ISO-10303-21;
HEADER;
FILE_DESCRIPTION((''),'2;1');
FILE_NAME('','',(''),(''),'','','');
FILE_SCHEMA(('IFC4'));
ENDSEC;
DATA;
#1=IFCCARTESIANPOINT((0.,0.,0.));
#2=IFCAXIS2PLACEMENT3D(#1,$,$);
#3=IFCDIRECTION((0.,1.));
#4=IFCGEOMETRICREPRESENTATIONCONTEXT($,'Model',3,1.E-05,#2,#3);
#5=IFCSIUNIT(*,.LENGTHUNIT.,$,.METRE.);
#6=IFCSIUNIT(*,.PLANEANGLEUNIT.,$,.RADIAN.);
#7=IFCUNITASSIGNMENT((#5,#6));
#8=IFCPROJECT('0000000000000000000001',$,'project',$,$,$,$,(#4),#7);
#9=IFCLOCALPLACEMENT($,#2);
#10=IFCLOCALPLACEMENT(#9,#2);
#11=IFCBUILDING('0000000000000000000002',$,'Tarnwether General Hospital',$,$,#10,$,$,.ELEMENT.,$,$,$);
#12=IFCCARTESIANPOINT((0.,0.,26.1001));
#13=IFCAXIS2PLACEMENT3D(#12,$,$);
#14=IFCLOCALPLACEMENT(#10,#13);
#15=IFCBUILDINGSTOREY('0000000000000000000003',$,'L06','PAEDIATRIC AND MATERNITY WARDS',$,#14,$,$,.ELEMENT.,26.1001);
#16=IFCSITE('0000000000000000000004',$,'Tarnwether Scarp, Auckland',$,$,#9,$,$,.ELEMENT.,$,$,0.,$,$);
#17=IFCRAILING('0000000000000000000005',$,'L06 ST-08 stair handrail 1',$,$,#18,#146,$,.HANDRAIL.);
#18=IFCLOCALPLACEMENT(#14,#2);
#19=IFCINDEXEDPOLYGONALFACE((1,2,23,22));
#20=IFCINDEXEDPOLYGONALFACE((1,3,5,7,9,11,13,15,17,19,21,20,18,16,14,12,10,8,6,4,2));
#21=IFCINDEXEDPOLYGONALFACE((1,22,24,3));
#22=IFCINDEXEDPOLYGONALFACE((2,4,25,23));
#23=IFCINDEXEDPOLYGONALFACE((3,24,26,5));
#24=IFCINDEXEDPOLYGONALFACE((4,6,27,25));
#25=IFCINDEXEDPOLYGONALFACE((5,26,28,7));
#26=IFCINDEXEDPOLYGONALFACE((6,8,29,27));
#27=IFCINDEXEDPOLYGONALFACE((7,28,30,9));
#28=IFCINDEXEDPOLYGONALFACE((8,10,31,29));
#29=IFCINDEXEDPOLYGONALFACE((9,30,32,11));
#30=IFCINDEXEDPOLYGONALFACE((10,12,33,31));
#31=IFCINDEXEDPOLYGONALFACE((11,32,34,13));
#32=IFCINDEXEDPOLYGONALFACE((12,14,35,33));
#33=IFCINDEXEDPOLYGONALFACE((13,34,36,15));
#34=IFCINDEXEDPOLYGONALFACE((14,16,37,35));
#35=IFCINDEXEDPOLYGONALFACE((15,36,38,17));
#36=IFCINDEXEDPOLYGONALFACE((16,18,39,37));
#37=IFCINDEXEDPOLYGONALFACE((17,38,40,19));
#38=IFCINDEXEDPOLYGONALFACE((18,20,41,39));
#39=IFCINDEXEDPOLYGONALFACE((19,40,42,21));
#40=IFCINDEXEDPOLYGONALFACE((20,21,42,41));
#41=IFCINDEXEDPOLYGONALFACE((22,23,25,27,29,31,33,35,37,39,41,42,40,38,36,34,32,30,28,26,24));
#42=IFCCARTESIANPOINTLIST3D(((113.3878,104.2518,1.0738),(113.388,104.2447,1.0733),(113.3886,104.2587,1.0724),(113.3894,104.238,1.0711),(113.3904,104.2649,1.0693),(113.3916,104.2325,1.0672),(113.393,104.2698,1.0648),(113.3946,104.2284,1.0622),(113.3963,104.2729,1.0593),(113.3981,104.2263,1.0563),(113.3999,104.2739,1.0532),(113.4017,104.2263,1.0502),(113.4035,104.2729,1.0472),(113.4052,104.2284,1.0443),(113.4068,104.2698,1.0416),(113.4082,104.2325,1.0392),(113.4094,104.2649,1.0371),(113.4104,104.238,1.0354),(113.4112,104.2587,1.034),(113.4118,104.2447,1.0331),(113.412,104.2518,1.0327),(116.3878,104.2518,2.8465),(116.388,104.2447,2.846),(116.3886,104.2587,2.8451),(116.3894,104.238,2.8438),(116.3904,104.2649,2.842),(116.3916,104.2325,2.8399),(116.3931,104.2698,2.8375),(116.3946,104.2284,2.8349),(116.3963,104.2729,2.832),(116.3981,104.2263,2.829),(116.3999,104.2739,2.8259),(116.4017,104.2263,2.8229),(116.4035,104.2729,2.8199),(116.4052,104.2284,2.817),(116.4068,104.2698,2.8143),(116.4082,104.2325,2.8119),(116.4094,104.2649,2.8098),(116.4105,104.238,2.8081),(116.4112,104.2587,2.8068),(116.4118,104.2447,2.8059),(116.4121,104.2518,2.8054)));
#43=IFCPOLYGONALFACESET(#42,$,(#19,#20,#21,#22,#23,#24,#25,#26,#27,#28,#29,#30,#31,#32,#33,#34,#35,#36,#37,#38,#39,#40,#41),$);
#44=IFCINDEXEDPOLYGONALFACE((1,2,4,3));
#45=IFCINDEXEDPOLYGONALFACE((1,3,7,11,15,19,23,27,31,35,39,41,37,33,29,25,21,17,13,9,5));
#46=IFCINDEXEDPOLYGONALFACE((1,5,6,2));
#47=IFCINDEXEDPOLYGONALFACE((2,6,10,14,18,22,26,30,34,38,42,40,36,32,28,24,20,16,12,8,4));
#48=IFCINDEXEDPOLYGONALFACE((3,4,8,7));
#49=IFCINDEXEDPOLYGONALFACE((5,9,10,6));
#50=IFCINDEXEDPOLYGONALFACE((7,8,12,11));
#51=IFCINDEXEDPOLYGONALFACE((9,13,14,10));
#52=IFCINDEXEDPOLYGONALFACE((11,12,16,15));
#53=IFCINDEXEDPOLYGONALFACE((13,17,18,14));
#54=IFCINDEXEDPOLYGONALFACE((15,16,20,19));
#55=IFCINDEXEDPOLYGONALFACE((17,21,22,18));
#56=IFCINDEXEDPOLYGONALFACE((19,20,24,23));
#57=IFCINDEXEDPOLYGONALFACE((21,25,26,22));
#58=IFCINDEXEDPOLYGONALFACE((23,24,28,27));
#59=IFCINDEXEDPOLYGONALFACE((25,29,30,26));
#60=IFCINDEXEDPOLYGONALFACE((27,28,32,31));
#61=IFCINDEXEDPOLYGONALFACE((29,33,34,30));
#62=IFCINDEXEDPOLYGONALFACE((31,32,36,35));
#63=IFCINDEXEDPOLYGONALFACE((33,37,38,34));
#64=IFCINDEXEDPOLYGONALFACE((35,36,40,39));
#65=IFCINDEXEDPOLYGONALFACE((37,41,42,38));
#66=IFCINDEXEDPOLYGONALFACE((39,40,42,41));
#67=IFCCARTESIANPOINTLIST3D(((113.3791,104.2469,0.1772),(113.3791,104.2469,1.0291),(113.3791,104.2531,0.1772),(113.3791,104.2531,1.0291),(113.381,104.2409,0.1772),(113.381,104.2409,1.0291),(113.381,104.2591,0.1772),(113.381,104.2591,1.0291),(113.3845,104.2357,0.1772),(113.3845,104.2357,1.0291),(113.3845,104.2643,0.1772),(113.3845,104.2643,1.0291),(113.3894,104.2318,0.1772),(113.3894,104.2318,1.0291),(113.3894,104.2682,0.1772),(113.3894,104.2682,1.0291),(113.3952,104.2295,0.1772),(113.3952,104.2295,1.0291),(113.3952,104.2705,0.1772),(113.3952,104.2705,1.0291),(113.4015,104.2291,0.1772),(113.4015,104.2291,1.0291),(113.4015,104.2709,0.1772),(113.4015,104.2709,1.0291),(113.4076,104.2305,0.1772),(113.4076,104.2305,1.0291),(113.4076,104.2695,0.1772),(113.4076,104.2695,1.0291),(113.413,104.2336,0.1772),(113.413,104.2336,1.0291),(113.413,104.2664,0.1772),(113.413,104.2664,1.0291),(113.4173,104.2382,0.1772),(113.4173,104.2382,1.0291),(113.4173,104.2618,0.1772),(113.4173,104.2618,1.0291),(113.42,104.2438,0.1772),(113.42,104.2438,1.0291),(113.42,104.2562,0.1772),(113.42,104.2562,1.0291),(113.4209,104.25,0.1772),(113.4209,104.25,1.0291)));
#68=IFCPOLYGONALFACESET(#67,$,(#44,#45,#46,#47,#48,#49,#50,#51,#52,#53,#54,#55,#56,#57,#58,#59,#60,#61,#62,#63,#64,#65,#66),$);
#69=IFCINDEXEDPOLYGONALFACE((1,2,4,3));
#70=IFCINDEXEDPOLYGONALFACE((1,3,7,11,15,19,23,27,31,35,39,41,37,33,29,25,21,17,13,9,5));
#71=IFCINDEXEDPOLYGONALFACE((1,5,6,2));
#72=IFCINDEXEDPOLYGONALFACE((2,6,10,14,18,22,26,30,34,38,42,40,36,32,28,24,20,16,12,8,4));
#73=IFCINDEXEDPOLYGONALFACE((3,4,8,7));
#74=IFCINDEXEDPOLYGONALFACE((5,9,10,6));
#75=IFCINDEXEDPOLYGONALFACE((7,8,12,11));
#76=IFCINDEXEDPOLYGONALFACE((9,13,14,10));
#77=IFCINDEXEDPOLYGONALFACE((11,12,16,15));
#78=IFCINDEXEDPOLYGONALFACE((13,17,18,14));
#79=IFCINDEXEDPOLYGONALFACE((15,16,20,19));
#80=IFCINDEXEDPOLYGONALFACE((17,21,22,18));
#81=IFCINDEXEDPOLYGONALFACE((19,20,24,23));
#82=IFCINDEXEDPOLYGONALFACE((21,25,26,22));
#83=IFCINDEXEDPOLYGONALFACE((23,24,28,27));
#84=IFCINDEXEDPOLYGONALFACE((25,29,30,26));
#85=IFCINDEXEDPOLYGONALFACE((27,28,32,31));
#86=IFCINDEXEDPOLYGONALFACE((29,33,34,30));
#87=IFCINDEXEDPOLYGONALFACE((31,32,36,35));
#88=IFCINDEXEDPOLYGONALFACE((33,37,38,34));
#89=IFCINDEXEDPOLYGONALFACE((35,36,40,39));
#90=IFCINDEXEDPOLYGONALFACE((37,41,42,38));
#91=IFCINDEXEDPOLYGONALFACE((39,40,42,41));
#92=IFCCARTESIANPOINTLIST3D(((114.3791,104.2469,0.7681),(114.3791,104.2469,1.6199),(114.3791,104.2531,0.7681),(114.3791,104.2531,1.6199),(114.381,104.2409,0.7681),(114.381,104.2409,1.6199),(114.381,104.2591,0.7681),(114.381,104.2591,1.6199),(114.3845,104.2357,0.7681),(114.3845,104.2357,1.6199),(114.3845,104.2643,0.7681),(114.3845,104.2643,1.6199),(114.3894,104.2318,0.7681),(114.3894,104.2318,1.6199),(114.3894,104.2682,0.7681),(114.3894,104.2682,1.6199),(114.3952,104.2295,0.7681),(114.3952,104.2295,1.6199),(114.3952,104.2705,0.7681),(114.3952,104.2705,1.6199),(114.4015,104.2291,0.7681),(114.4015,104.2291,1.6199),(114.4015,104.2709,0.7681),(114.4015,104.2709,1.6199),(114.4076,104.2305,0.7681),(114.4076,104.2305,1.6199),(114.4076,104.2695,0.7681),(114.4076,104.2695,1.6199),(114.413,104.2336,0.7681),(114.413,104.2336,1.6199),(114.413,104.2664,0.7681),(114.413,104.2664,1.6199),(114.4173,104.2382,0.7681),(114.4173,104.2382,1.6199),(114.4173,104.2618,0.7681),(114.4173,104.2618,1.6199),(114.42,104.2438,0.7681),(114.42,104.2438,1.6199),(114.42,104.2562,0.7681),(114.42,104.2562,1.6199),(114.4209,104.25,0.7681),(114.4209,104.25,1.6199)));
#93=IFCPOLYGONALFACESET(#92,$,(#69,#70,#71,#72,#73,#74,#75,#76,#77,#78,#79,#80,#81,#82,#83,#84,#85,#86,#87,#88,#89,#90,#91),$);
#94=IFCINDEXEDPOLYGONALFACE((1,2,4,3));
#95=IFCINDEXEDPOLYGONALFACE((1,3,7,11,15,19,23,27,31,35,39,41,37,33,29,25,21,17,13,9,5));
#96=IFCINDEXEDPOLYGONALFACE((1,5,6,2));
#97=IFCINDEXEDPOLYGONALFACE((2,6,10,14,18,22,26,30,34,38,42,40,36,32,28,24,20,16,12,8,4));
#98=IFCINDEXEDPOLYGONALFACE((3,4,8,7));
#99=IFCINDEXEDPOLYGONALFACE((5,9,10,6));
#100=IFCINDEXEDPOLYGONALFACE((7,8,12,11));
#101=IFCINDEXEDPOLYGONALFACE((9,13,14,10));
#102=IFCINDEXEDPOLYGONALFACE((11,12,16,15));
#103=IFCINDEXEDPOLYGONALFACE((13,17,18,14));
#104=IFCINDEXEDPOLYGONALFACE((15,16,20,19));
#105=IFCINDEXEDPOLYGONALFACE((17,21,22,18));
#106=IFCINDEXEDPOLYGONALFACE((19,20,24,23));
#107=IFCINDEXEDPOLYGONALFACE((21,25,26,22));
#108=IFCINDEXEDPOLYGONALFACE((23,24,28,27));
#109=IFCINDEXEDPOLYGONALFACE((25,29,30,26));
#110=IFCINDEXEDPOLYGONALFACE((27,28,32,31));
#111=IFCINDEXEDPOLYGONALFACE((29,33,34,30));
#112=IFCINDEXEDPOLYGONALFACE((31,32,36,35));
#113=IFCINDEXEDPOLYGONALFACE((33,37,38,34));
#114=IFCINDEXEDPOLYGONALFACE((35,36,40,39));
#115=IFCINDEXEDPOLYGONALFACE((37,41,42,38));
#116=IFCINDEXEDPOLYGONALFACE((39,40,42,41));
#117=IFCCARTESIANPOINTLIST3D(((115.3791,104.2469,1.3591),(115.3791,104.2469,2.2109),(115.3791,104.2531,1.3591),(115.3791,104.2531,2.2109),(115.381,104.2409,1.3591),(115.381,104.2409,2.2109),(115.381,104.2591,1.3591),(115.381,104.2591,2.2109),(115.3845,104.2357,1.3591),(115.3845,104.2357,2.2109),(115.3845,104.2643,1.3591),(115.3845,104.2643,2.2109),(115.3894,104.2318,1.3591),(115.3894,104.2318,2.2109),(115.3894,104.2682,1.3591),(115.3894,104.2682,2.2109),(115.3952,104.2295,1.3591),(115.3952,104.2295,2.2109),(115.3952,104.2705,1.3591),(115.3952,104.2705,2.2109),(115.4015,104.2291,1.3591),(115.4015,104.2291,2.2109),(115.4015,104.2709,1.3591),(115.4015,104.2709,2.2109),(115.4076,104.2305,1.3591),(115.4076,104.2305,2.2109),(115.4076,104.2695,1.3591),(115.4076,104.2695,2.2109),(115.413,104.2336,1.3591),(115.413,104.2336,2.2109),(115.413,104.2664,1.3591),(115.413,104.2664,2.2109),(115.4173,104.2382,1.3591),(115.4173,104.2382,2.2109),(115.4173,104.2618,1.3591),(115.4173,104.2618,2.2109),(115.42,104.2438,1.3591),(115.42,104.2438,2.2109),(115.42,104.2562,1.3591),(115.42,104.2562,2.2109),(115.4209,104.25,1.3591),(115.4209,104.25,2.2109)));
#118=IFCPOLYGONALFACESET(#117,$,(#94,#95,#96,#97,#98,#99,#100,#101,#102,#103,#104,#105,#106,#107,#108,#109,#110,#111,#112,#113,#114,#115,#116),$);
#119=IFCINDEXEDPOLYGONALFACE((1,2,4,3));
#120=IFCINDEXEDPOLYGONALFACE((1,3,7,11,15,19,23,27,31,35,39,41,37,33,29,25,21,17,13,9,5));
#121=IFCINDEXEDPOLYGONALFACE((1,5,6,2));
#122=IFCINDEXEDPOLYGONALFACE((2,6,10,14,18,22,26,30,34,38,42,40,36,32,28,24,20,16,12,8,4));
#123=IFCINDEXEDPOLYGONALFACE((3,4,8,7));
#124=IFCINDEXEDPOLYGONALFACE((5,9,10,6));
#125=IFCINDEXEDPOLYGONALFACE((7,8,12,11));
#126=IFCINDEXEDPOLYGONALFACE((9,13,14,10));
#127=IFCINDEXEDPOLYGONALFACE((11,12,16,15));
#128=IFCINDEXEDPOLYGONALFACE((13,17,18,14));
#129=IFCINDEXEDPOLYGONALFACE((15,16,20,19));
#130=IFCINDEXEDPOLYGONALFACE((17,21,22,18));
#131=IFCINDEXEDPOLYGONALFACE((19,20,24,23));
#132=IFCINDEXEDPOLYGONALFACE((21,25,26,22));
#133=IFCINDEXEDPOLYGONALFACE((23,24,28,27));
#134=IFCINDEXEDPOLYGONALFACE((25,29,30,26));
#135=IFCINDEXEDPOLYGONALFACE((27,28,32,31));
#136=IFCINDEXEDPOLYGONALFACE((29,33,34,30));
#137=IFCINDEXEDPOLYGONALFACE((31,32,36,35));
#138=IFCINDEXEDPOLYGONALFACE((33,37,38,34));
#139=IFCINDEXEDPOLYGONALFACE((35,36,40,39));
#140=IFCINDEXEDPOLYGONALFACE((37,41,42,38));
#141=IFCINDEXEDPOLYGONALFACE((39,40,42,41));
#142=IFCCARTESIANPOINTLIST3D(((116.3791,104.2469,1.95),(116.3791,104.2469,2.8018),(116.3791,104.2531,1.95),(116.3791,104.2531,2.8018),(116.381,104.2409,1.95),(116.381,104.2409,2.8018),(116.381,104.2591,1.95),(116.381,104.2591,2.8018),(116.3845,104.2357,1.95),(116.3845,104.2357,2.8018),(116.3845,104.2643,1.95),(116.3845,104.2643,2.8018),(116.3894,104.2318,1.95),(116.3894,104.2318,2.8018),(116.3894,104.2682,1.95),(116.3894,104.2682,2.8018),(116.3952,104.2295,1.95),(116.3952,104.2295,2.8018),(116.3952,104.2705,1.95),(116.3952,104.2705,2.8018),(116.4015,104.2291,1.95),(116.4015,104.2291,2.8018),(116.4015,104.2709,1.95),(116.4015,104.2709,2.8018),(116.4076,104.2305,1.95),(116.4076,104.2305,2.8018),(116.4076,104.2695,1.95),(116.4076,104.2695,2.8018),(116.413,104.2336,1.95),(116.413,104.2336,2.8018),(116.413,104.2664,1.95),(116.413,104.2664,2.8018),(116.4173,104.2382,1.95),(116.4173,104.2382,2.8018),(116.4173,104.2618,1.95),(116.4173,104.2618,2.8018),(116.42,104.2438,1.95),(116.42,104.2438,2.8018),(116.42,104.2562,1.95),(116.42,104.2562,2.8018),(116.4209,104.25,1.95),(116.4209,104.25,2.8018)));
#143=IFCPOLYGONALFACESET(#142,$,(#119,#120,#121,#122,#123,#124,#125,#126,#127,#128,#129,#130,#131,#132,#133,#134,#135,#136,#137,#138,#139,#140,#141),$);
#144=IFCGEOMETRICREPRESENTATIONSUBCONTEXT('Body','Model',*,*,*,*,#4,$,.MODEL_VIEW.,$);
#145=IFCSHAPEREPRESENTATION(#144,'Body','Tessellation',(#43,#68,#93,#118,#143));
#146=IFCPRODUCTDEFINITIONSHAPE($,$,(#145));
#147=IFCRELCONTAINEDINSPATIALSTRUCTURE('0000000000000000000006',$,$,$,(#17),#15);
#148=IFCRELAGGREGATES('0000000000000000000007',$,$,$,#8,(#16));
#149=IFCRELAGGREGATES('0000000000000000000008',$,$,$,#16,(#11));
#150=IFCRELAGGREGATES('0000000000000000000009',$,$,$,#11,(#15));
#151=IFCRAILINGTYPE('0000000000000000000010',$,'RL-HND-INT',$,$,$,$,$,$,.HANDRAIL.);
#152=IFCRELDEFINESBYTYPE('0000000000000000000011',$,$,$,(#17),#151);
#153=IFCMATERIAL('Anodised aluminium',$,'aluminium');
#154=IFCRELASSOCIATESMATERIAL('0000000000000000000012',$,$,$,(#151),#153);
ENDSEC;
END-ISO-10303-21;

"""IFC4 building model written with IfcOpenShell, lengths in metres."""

from ifc_helpers import new_model, si_unit, direction, frame, origin, origin_2d, place, context, subcontext, project, spatial, circle, extrude, material, type_object, element, save


model = new_model("IFC4")

# Units and contexts
model_context = context("Model", 3, precision=1e-05, world=origin(), true_north=direction((0.0, 1.0)))
body_context = subcontext(model_context, "Body", "Model", "MODEL_VIEW")
ifc_project = project(units=[si_unit("LENGTHUNIT", "METRE"), si_unit("PLANEANGLEUNIT", "RADIAN")], contexts=[model_context])

# Site, building, storey
site_placement = place(None, origin())
site = spatial("IfcSite", under=ifc_project, at=site_placement, Name="Tarnwether Scarp, Auckland", CompositionType="ELEMENT", RefElevation=0.0)
building_placement = place(site_placement, origin())
building = spatial("IfcBuilding", under=site, at=building_placement, Name="Tarnwether General Hospital", CompositionType="ELEMENT")
storey_placement = place(building_placement, frame((0.0, 0.0, 26.1001)))
storey = spatial("IfcBuildingStorey", under=building, at=storey_placement, Name="L06", Description="PAEDIATRIC AND MATERNITY WARDS", CompositionType="ELEMENT", Elevation=26.1001)

# Railing
ifc_material_1 = material(Name="Anodised aluminium", Category="aluminium")
railing_type_1 = type_object("IfcRailingType", Name="RL-HND-INT", PredefinedType="HANDRAIL", material=ifc_material_1)
railing_1_placement = place(storey_placement, frame((113.3999, 104.25, 0.1772)))
element("IfcRailing", 1, at=railing_1_placement, inside=storey, type_object=railing_type_1, Name="L06 ST-08 stair handrail 1", PredefinedType="HANDRAIL", context=body_context, shape_type="SweptSolid", body=[
    extrude(circle(Radius=0.0239, at=origin_2d()), frame((0.0, 0.0, 0.876), z_axis=(0.860929, 0.0, 0.508725), x_axis=(0.0, 1.0, 0.0)), (0.0, 0.0, 1.0), 3.4846),
    extrude(circle(Radius=0.021, at=origin_2d()), origin(), (0.0, 0.0, 1.0), 0.8518),
    extrude(circle(Radius=0.021, at=origin_2d()), frame((1.0, 0.0, 0.5908)), (0.0, 0.0, 1.0), 0.8518),
    extrude(circle(Radius=0.021, at=origin_2d()), frame((2.0, 0.0, 1.1819)), (0.0, 0.0, 1.0), 0.8518),
    extrude(circle(Radius=0.021, at=origin_2d()), frame((3.0, 0.0, 1.7727)), (0.0, 0.0, 1.0), 0.8518),
])

save(model, "model.ifc")
